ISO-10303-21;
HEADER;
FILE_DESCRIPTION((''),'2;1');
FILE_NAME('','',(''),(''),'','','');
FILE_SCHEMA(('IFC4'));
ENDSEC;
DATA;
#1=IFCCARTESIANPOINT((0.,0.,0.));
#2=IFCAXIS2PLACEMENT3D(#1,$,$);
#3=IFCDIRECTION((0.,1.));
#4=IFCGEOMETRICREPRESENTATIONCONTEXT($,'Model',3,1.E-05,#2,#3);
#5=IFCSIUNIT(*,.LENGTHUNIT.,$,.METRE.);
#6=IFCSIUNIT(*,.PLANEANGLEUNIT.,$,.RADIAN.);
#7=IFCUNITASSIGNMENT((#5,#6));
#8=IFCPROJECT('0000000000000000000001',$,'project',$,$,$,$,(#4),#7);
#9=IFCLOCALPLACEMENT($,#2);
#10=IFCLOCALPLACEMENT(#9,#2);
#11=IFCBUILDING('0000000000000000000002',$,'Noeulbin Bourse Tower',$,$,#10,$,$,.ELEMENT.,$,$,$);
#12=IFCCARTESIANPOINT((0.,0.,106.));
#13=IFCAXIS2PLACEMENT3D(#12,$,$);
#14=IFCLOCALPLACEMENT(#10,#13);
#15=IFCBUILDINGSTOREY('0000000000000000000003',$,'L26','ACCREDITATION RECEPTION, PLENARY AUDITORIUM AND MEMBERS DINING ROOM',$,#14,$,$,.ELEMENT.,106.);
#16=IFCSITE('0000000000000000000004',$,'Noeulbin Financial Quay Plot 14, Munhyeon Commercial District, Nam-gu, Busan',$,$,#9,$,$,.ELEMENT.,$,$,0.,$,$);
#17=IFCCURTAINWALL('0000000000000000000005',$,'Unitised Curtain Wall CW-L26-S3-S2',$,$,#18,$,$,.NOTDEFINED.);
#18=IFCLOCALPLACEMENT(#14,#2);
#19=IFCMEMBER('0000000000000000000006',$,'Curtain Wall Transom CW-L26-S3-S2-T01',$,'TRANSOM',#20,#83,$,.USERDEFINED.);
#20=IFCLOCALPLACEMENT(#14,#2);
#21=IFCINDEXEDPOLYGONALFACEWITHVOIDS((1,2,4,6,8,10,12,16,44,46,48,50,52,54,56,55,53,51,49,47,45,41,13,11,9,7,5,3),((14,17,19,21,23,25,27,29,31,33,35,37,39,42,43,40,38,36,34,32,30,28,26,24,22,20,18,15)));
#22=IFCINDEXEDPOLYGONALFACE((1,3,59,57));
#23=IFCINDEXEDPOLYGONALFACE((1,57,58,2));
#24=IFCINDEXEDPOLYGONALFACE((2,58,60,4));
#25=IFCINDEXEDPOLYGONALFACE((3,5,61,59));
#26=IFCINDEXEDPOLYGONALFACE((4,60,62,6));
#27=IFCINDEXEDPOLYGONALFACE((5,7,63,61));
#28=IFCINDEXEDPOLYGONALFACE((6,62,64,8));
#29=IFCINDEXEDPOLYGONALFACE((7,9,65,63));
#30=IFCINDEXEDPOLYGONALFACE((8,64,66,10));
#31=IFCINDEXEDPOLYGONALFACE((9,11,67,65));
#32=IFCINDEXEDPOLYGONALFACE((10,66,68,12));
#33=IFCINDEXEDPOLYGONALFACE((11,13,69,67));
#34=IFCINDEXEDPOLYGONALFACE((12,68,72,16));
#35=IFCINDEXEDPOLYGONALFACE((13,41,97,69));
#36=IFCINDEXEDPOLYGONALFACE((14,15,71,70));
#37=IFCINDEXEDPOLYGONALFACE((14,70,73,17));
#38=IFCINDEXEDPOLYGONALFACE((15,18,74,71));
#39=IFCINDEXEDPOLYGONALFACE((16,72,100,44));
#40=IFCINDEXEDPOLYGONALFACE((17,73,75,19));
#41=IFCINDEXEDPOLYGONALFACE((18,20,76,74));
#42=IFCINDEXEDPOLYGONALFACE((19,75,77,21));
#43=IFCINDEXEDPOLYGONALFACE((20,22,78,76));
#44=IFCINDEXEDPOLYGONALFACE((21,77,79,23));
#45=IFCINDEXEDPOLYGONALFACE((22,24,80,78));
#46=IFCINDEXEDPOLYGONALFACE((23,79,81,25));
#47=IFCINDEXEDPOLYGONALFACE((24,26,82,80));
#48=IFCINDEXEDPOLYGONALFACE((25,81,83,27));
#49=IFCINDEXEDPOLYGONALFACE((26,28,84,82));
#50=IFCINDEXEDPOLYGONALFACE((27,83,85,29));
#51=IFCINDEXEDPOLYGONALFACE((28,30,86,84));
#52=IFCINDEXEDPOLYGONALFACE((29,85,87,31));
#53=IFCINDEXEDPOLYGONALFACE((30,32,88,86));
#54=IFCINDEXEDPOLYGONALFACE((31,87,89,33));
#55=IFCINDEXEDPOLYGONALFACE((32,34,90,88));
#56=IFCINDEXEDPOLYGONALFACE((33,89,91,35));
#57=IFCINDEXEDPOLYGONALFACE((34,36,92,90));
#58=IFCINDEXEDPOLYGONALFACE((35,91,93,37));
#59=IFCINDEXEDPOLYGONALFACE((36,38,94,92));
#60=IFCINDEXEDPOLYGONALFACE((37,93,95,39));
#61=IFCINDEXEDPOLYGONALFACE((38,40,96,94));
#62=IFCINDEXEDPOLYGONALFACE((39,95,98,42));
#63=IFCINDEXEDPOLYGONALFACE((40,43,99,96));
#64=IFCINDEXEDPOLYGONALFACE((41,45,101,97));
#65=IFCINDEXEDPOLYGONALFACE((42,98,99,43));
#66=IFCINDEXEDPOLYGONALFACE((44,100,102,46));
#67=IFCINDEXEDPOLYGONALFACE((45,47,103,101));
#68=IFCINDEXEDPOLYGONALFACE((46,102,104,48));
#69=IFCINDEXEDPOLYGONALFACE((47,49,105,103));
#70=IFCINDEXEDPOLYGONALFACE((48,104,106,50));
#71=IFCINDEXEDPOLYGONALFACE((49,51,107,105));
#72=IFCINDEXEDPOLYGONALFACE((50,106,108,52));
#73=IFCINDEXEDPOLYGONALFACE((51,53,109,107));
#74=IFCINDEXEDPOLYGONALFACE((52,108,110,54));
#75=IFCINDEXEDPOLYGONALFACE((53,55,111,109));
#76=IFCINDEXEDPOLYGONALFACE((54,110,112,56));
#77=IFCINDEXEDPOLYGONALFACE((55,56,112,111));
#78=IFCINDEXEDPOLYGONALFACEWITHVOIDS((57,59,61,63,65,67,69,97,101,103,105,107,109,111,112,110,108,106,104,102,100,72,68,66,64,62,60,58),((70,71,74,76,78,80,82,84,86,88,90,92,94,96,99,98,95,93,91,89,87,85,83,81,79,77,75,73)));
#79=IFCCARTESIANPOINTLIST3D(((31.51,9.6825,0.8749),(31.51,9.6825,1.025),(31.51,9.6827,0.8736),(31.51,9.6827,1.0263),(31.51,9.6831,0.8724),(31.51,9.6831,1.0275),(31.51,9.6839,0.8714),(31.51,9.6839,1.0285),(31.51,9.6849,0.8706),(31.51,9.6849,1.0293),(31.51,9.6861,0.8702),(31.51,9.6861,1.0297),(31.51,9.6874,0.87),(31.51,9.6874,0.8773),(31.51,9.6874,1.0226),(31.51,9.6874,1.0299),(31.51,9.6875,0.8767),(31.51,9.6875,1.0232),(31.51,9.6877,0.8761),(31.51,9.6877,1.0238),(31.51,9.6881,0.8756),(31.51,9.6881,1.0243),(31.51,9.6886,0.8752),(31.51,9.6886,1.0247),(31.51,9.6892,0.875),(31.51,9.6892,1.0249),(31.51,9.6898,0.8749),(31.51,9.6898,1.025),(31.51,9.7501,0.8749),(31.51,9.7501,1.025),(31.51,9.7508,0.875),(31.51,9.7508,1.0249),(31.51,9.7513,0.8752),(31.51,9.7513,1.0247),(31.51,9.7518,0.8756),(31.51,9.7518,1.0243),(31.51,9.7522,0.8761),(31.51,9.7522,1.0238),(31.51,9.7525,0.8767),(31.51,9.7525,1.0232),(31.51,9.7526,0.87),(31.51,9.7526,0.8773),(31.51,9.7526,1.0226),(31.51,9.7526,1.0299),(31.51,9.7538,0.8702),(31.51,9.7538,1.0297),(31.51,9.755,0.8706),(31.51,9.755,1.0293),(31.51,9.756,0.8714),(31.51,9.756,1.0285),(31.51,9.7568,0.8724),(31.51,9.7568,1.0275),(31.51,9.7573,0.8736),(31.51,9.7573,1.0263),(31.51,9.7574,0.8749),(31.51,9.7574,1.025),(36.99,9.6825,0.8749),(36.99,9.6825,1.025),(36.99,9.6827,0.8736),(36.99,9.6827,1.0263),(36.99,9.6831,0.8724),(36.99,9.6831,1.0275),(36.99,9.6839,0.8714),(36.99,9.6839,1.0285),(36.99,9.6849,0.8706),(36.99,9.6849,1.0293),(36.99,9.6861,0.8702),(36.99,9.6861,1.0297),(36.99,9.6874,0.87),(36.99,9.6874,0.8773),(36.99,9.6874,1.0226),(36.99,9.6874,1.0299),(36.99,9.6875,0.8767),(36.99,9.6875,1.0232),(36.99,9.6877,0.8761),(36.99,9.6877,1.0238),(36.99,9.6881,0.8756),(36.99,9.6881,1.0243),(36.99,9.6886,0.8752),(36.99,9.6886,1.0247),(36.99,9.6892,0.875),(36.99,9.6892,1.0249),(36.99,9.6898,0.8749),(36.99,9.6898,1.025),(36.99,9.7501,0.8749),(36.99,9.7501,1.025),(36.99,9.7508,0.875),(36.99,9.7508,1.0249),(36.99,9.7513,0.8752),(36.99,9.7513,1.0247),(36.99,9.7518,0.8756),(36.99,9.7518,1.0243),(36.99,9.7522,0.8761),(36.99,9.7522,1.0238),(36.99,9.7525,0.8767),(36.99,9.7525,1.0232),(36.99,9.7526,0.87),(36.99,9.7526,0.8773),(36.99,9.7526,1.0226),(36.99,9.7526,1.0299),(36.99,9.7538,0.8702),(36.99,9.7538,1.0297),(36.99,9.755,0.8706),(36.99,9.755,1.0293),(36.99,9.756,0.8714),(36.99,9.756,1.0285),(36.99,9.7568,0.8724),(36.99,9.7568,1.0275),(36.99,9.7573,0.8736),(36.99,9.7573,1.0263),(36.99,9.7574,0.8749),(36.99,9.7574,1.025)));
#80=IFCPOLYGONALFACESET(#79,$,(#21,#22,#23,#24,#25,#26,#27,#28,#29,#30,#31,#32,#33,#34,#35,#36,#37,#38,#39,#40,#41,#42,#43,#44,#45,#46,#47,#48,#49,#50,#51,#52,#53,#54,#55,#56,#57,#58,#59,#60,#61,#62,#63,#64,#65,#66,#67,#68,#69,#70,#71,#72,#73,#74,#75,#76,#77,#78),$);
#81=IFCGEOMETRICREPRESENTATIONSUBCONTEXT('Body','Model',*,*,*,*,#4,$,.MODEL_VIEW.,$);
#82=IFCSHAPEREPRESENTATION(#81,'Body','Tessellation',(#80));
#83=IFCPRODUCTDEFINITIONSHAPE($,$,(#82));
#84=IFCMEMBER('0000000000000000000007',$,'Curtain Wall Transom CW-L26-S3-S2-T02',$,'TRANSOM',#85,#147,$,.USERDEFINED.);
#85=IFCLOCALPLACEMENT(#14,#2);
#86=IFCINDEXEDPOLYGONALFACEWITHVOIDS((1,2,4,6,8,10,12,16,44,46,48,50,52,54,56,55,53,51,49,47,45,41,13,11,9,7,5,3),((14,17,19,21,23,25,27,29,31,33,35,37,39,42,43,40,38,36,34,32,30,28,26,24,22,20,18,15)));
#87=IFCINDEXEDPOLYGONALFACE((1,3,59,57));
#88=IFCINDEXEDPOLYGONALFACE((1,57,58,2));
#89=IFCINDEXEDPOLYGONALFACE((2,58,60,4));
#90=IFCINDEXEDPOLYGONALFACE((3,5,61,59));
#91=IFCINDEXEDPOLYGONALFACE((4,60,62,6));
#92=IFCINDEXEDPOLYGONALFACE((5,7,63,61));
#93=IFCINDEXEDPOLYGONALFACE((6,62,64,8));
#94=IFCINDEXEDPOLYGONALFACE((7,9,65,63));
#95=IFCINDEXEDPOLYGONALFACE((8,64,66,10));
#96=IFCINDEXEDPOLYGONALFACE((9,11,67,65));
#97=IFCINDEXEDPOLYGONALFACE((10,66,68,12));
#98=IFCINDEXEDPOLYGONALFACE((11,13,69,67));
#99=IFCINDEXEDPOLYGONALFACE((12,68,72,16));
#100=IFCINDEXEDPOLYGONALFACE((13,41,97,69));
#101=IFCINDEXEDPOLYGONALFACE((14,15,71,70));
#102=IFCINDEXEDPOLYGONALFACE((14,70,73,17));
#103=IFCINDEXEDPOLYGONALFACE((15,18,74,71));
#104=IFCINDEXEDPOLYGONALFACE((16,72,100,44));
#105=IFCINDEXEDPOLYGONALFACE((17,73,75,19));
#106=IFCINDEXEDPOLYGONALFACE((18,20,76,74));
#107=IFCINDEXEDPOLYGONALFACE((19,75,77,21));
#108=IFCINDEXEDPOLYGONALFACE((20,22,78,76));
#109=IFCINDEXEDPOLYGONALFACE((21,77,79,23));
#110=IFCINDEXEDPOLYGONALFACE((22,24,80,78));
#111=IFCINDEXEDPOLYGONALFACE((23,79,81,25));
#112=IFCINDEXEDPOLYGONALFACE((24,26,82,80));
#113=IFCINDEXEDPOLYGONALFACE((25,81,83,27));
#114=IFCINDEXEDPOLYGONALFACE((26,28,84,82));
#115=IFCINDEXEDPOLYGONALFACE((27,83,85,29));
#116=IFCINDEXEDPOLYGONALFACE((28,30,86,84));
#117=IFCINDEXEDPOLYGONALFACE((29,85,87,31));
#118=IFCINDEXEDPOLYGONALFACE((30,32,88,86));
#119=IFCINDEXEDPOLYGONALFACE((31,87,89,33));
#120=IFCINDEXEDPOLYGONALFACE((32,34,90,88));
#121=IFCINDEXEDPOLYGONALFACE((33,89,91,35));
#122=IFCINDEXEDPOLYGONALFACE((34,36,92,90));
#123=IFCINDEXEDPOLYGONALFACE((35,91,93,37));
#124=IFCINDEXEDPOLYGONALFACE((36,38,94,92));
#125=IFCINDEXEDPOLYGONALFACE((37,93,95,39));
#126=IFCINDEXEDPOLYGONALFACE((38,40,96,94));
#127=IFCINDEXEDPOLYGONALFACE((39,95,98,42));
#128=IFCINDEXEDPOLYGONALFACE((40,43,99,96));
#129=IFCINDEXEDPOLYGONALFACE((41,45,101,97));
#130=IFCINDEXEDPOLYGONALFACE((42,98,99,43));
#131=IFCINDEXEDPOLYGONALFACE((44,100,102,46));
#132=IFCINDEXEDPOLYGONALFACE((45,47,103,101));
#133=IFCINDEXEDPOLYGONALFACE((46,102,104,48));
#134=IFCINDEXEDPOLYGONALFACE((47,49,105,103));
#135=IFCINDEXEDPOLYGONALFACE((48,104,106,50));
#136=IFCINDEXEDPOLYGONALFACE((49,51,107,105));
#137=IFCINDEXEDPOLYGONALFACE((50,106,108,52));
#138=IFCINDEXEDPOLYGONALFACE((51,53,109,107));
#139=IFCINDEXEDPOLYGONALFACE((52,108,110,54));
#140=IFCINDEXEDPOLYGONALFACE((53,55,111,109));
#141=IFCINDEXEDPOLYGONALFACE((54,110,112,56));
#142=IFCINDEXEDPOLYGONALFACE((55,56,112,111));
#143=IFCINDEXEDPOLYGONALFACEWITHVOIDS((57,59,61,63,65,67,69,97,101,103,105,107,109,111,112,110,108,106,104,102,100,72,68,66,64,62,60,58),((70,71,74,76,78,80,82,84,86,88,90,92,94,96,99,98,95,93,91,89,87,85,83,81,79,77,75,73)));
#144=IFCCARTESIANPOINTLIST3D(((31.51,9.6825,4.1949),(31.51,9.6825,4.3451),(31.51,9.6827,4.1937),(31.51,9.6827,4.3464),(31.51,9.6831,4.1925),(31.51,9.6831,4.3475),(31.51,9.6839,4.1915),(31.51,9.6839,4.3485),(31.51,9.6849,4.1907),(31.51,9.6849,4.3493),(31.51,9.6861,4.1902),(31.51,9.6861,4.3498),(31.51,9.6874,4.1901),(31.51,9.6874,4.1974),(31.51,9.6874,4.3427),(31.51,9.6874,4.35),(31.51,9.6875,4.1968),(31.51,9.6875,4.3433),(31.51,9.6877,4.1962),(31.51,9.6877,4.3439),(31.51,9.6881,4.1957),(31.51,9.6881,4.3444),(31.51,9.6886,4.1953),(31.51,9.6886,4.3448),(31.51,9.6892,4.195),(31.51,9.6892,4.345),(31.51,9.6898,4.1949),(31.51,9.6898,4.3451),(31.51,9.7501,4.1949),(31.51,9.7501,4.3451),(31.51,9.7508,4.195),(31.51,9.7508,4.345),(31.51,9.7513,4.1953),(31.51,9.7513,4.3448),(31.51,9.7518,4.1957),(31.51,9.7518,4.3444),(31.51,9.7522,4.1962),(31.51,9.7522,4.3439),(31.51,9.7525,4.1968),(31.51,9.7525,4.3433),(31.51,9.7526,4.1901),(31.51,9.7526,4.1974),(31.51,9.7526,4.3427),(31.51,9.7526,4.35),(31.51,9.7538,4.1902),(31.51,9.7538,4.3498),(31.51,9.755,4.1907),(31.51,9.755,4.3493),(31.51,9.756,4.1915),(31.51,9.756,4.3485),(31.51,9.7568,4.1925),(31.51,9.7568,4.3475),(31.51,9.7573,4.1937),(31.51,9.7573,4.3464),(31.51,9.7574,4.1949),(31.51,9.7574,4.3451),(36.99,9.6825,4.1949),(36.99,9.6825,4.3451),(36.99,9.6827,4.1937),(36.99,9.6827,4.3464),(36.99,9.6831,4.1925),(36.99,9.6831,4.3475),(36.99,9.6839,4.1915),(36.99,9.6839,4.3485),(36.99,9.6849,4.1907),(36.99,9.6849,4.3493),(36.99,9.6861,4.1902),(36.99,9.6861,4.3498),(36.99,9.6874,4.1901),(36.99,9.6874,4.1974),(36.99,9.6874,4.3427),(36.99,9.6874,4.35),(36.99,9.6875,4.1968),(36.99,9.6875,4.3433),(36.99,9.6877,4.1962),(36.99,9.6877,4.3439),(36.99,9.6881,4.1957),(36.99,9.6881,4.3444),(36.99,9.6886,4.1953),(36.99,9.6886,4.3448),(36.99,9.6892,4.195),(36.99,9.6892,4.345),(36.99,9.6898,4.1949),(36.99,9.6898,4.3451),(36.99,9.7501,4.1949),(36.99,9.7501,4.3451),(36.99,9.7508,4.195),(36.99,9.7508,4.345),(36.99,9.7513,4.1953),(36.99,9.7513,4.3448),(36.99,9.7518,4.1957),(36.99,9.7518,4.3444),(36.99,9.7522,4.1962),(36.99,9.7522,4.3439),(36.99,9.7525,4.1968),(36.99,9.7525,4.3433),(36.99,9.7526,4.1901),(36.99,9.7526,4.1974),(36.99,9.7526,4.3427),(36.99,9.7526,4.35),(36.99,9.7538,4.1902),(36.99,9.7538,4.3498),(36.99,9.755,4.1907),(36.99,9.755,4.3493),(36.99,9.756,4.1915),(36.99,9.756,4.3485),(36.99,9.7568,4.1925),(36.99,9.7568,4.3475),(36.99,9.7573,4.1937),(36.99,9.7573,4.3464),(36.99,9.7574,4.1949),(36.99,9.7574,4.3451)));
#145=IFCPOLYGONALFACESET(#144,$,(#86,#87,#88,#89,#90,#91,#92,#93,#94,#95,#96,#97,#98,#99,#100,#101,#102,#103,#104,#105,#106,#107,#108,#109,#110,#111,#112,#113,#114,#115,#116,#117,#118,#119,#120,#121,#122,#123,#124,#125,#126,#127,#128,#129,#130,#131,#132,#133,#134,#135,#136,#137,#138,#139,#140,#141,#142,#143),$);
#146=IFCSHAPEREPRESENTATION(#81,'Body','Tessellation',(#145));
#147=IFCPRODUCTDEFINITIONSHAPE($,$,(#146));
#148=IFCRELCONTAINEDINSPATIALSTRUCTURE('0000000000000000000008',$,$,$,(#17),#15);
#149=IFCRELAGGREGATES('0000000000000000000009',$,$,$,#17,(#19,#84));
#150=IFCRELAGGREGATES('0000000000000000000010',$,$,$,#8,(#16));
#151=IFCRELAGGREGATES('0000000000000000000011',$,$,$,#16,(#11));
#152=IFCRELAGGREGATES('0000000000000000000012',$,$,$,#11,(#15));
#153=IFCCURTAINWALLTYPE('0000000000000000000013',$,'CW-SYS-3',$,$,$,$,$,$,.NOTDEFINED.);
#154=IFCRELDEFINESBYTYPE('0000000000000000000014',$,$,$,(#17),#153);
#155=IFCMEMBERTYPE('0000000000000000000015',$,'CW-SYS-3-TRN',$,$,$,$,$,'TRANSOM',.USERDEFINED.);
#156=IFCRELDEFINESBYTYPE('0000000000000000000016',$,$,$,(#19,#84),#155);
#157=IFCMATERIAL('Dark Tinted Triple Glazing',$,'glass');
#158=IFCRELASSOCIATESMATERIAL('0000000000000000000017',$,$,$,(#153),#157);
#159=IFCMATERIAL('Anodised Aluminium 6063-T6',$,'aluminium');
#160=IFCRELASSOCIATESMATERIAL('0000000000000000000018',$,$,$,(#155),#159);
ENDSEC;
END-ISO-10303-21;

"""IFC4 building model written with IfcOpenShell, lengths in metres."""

from ifc_helpers import new_model, si_unit, direction, frame, origin, origin_2d, place, context, subcontext, project, spatial, hollow_rectangle, extrude, material, material_profile, profile_set, type_object, element, aggregate, save


model = new_model("IFC4")

# Units and contexts
model_context = context("Model", 3, precision=1e-05, world=origin(), true_north=direction((0.0, 1.0)))
body_context = subcontext(model_context, "Body", "Model", "MODEL_VIEW")
ifc_project = project(units=[si_unit("LENGTHUNIT", "METRE"), si_unit("PLANEANGLEUNIT", "RADIAN")], contexts=[model_context])

# Site, building, storey
site_placement = place(None, origin())
site = spatial("IfcSite", under=ifc_project, at=site_placement, Name="Noeulbin Financial Quay Plot 14, Munhyeon Commercial District, Nam-gu, Busan", CompositionType="ELEMENT", RefElevation=0.0)
building_placement = place(site_placement, origin())
building = spatial("IfcBuilding", under=site, at=building_placement, Name="Noeulbin Bourse Tower", CompositionType="ELEMENT")
storey_placement = place(building_placement, frame((0.0, 0.0, 106.0)))
storey = spatial("IfcBuildingStorey", under=building, at=storey_placement, Name="L26", Description="ACCREDITATION RECEPTION, PLENARY AUDITORIUM AND MEMBERS DINING ROOM", CompositionType="ELEMENT", Elevation=106.0)

# Curtain wall
ifc_material_1 = material(Name="Dark Tinted Triple Glazing", Category="glass")
curtain_wall_type = type_object("IfcCurtainWallType", Name="CW-SYS-3", PredefinedType="NOTDEFINED", material=ifc_material_1)
ifc_material_2 = material(Name="Anodised Aluminium 6063-T6", Category="aluminium")
curtain_wall_1_placement = place(storey_placement, origin())
curtain_wall_1 = element("IfcCurtainWall", 1, at=curtain_wall_1_placement, inside=storey, type_object=curtain_wall_type, Name="Unitised Curtain Wall CW-L26-S3-S2", PredefinedType="NOTDEFINED")

# Members
ifc_material_profile_1 = material_profile(ifc_material_2, hollow_rectangle(XDim=0.075, YDim=0.1599, WallThickness=0.0049, InnerFilletRadius=0.0024, OuterFilletRadius=0.0049, at=origin_2d()), Name="ALU-TRAN-75x160x5", Category="LoadBearing")
ifc_profile_set_1 = profile_set([ifc_material_profile_1], Name="Anodised Aluminium 6063-T6")
member_type_1 = type_object("IfcMemberType", Name="CW-SYS-3-TRN", ElementType="TRANSOM", PredefinedType="USERDEFINED", material=ifc_profile_set_1)
member_1_placement = place(storey_placement, frame((31.51, 9.72, 0.95), z_axis=(1.0, 0.0, 0.0), x_axis=(0.0, 1.0, 0.0)))
member_1 = element("IfcMember", 2, at=member_1_placement, type_object=member_type_1, Name="Curtain Wall Transom CW-L26-S3-S2-T01", ObjectType="TRANSOM", PredefinedType="USERDEFINED", context=body_context, shape_type="SweptSolid", body=[
    extrude(hollow_rectangle(XDim=0.075, YDim=0.1599, WallThickness=0.0049, InnerFilletRadius=0.0024, OuterFilletRadius=0.0049, at=origin_2d()), origin(), (0.0, 0.0, 1.0), 5.48),
])
member_2_placement = place(storey_placement, frame((31.51, 9.72, 4.27), z_axis=(1.0, 0.0, 0.0), x_axis=(0.0, 1.0, 0.0)))
member_2 = element("IfcMember", 3, at=member_2_placement, type_object=member_type_1, Name="Curtain Wall Transom CW-L26-S3-S2-T02", ObjectType="TRANSOM", PredefinedType="USERDEFINED", context=body_context, shape_type="SweptSolid", body=[
    extrude(hollow_rectangle(XDim=0.075, YDim=0.1599, WallThickness=0.0049, InnerFilletRadius=0.0024, OuterFilletRadius=0.0049, at=origin_2d()), origin(), (0.0, 0.0, 1.0), 5.48),
])

aggregate(curtain_wall_1, [member_1, member_2])

save(model, "model.ifc")
